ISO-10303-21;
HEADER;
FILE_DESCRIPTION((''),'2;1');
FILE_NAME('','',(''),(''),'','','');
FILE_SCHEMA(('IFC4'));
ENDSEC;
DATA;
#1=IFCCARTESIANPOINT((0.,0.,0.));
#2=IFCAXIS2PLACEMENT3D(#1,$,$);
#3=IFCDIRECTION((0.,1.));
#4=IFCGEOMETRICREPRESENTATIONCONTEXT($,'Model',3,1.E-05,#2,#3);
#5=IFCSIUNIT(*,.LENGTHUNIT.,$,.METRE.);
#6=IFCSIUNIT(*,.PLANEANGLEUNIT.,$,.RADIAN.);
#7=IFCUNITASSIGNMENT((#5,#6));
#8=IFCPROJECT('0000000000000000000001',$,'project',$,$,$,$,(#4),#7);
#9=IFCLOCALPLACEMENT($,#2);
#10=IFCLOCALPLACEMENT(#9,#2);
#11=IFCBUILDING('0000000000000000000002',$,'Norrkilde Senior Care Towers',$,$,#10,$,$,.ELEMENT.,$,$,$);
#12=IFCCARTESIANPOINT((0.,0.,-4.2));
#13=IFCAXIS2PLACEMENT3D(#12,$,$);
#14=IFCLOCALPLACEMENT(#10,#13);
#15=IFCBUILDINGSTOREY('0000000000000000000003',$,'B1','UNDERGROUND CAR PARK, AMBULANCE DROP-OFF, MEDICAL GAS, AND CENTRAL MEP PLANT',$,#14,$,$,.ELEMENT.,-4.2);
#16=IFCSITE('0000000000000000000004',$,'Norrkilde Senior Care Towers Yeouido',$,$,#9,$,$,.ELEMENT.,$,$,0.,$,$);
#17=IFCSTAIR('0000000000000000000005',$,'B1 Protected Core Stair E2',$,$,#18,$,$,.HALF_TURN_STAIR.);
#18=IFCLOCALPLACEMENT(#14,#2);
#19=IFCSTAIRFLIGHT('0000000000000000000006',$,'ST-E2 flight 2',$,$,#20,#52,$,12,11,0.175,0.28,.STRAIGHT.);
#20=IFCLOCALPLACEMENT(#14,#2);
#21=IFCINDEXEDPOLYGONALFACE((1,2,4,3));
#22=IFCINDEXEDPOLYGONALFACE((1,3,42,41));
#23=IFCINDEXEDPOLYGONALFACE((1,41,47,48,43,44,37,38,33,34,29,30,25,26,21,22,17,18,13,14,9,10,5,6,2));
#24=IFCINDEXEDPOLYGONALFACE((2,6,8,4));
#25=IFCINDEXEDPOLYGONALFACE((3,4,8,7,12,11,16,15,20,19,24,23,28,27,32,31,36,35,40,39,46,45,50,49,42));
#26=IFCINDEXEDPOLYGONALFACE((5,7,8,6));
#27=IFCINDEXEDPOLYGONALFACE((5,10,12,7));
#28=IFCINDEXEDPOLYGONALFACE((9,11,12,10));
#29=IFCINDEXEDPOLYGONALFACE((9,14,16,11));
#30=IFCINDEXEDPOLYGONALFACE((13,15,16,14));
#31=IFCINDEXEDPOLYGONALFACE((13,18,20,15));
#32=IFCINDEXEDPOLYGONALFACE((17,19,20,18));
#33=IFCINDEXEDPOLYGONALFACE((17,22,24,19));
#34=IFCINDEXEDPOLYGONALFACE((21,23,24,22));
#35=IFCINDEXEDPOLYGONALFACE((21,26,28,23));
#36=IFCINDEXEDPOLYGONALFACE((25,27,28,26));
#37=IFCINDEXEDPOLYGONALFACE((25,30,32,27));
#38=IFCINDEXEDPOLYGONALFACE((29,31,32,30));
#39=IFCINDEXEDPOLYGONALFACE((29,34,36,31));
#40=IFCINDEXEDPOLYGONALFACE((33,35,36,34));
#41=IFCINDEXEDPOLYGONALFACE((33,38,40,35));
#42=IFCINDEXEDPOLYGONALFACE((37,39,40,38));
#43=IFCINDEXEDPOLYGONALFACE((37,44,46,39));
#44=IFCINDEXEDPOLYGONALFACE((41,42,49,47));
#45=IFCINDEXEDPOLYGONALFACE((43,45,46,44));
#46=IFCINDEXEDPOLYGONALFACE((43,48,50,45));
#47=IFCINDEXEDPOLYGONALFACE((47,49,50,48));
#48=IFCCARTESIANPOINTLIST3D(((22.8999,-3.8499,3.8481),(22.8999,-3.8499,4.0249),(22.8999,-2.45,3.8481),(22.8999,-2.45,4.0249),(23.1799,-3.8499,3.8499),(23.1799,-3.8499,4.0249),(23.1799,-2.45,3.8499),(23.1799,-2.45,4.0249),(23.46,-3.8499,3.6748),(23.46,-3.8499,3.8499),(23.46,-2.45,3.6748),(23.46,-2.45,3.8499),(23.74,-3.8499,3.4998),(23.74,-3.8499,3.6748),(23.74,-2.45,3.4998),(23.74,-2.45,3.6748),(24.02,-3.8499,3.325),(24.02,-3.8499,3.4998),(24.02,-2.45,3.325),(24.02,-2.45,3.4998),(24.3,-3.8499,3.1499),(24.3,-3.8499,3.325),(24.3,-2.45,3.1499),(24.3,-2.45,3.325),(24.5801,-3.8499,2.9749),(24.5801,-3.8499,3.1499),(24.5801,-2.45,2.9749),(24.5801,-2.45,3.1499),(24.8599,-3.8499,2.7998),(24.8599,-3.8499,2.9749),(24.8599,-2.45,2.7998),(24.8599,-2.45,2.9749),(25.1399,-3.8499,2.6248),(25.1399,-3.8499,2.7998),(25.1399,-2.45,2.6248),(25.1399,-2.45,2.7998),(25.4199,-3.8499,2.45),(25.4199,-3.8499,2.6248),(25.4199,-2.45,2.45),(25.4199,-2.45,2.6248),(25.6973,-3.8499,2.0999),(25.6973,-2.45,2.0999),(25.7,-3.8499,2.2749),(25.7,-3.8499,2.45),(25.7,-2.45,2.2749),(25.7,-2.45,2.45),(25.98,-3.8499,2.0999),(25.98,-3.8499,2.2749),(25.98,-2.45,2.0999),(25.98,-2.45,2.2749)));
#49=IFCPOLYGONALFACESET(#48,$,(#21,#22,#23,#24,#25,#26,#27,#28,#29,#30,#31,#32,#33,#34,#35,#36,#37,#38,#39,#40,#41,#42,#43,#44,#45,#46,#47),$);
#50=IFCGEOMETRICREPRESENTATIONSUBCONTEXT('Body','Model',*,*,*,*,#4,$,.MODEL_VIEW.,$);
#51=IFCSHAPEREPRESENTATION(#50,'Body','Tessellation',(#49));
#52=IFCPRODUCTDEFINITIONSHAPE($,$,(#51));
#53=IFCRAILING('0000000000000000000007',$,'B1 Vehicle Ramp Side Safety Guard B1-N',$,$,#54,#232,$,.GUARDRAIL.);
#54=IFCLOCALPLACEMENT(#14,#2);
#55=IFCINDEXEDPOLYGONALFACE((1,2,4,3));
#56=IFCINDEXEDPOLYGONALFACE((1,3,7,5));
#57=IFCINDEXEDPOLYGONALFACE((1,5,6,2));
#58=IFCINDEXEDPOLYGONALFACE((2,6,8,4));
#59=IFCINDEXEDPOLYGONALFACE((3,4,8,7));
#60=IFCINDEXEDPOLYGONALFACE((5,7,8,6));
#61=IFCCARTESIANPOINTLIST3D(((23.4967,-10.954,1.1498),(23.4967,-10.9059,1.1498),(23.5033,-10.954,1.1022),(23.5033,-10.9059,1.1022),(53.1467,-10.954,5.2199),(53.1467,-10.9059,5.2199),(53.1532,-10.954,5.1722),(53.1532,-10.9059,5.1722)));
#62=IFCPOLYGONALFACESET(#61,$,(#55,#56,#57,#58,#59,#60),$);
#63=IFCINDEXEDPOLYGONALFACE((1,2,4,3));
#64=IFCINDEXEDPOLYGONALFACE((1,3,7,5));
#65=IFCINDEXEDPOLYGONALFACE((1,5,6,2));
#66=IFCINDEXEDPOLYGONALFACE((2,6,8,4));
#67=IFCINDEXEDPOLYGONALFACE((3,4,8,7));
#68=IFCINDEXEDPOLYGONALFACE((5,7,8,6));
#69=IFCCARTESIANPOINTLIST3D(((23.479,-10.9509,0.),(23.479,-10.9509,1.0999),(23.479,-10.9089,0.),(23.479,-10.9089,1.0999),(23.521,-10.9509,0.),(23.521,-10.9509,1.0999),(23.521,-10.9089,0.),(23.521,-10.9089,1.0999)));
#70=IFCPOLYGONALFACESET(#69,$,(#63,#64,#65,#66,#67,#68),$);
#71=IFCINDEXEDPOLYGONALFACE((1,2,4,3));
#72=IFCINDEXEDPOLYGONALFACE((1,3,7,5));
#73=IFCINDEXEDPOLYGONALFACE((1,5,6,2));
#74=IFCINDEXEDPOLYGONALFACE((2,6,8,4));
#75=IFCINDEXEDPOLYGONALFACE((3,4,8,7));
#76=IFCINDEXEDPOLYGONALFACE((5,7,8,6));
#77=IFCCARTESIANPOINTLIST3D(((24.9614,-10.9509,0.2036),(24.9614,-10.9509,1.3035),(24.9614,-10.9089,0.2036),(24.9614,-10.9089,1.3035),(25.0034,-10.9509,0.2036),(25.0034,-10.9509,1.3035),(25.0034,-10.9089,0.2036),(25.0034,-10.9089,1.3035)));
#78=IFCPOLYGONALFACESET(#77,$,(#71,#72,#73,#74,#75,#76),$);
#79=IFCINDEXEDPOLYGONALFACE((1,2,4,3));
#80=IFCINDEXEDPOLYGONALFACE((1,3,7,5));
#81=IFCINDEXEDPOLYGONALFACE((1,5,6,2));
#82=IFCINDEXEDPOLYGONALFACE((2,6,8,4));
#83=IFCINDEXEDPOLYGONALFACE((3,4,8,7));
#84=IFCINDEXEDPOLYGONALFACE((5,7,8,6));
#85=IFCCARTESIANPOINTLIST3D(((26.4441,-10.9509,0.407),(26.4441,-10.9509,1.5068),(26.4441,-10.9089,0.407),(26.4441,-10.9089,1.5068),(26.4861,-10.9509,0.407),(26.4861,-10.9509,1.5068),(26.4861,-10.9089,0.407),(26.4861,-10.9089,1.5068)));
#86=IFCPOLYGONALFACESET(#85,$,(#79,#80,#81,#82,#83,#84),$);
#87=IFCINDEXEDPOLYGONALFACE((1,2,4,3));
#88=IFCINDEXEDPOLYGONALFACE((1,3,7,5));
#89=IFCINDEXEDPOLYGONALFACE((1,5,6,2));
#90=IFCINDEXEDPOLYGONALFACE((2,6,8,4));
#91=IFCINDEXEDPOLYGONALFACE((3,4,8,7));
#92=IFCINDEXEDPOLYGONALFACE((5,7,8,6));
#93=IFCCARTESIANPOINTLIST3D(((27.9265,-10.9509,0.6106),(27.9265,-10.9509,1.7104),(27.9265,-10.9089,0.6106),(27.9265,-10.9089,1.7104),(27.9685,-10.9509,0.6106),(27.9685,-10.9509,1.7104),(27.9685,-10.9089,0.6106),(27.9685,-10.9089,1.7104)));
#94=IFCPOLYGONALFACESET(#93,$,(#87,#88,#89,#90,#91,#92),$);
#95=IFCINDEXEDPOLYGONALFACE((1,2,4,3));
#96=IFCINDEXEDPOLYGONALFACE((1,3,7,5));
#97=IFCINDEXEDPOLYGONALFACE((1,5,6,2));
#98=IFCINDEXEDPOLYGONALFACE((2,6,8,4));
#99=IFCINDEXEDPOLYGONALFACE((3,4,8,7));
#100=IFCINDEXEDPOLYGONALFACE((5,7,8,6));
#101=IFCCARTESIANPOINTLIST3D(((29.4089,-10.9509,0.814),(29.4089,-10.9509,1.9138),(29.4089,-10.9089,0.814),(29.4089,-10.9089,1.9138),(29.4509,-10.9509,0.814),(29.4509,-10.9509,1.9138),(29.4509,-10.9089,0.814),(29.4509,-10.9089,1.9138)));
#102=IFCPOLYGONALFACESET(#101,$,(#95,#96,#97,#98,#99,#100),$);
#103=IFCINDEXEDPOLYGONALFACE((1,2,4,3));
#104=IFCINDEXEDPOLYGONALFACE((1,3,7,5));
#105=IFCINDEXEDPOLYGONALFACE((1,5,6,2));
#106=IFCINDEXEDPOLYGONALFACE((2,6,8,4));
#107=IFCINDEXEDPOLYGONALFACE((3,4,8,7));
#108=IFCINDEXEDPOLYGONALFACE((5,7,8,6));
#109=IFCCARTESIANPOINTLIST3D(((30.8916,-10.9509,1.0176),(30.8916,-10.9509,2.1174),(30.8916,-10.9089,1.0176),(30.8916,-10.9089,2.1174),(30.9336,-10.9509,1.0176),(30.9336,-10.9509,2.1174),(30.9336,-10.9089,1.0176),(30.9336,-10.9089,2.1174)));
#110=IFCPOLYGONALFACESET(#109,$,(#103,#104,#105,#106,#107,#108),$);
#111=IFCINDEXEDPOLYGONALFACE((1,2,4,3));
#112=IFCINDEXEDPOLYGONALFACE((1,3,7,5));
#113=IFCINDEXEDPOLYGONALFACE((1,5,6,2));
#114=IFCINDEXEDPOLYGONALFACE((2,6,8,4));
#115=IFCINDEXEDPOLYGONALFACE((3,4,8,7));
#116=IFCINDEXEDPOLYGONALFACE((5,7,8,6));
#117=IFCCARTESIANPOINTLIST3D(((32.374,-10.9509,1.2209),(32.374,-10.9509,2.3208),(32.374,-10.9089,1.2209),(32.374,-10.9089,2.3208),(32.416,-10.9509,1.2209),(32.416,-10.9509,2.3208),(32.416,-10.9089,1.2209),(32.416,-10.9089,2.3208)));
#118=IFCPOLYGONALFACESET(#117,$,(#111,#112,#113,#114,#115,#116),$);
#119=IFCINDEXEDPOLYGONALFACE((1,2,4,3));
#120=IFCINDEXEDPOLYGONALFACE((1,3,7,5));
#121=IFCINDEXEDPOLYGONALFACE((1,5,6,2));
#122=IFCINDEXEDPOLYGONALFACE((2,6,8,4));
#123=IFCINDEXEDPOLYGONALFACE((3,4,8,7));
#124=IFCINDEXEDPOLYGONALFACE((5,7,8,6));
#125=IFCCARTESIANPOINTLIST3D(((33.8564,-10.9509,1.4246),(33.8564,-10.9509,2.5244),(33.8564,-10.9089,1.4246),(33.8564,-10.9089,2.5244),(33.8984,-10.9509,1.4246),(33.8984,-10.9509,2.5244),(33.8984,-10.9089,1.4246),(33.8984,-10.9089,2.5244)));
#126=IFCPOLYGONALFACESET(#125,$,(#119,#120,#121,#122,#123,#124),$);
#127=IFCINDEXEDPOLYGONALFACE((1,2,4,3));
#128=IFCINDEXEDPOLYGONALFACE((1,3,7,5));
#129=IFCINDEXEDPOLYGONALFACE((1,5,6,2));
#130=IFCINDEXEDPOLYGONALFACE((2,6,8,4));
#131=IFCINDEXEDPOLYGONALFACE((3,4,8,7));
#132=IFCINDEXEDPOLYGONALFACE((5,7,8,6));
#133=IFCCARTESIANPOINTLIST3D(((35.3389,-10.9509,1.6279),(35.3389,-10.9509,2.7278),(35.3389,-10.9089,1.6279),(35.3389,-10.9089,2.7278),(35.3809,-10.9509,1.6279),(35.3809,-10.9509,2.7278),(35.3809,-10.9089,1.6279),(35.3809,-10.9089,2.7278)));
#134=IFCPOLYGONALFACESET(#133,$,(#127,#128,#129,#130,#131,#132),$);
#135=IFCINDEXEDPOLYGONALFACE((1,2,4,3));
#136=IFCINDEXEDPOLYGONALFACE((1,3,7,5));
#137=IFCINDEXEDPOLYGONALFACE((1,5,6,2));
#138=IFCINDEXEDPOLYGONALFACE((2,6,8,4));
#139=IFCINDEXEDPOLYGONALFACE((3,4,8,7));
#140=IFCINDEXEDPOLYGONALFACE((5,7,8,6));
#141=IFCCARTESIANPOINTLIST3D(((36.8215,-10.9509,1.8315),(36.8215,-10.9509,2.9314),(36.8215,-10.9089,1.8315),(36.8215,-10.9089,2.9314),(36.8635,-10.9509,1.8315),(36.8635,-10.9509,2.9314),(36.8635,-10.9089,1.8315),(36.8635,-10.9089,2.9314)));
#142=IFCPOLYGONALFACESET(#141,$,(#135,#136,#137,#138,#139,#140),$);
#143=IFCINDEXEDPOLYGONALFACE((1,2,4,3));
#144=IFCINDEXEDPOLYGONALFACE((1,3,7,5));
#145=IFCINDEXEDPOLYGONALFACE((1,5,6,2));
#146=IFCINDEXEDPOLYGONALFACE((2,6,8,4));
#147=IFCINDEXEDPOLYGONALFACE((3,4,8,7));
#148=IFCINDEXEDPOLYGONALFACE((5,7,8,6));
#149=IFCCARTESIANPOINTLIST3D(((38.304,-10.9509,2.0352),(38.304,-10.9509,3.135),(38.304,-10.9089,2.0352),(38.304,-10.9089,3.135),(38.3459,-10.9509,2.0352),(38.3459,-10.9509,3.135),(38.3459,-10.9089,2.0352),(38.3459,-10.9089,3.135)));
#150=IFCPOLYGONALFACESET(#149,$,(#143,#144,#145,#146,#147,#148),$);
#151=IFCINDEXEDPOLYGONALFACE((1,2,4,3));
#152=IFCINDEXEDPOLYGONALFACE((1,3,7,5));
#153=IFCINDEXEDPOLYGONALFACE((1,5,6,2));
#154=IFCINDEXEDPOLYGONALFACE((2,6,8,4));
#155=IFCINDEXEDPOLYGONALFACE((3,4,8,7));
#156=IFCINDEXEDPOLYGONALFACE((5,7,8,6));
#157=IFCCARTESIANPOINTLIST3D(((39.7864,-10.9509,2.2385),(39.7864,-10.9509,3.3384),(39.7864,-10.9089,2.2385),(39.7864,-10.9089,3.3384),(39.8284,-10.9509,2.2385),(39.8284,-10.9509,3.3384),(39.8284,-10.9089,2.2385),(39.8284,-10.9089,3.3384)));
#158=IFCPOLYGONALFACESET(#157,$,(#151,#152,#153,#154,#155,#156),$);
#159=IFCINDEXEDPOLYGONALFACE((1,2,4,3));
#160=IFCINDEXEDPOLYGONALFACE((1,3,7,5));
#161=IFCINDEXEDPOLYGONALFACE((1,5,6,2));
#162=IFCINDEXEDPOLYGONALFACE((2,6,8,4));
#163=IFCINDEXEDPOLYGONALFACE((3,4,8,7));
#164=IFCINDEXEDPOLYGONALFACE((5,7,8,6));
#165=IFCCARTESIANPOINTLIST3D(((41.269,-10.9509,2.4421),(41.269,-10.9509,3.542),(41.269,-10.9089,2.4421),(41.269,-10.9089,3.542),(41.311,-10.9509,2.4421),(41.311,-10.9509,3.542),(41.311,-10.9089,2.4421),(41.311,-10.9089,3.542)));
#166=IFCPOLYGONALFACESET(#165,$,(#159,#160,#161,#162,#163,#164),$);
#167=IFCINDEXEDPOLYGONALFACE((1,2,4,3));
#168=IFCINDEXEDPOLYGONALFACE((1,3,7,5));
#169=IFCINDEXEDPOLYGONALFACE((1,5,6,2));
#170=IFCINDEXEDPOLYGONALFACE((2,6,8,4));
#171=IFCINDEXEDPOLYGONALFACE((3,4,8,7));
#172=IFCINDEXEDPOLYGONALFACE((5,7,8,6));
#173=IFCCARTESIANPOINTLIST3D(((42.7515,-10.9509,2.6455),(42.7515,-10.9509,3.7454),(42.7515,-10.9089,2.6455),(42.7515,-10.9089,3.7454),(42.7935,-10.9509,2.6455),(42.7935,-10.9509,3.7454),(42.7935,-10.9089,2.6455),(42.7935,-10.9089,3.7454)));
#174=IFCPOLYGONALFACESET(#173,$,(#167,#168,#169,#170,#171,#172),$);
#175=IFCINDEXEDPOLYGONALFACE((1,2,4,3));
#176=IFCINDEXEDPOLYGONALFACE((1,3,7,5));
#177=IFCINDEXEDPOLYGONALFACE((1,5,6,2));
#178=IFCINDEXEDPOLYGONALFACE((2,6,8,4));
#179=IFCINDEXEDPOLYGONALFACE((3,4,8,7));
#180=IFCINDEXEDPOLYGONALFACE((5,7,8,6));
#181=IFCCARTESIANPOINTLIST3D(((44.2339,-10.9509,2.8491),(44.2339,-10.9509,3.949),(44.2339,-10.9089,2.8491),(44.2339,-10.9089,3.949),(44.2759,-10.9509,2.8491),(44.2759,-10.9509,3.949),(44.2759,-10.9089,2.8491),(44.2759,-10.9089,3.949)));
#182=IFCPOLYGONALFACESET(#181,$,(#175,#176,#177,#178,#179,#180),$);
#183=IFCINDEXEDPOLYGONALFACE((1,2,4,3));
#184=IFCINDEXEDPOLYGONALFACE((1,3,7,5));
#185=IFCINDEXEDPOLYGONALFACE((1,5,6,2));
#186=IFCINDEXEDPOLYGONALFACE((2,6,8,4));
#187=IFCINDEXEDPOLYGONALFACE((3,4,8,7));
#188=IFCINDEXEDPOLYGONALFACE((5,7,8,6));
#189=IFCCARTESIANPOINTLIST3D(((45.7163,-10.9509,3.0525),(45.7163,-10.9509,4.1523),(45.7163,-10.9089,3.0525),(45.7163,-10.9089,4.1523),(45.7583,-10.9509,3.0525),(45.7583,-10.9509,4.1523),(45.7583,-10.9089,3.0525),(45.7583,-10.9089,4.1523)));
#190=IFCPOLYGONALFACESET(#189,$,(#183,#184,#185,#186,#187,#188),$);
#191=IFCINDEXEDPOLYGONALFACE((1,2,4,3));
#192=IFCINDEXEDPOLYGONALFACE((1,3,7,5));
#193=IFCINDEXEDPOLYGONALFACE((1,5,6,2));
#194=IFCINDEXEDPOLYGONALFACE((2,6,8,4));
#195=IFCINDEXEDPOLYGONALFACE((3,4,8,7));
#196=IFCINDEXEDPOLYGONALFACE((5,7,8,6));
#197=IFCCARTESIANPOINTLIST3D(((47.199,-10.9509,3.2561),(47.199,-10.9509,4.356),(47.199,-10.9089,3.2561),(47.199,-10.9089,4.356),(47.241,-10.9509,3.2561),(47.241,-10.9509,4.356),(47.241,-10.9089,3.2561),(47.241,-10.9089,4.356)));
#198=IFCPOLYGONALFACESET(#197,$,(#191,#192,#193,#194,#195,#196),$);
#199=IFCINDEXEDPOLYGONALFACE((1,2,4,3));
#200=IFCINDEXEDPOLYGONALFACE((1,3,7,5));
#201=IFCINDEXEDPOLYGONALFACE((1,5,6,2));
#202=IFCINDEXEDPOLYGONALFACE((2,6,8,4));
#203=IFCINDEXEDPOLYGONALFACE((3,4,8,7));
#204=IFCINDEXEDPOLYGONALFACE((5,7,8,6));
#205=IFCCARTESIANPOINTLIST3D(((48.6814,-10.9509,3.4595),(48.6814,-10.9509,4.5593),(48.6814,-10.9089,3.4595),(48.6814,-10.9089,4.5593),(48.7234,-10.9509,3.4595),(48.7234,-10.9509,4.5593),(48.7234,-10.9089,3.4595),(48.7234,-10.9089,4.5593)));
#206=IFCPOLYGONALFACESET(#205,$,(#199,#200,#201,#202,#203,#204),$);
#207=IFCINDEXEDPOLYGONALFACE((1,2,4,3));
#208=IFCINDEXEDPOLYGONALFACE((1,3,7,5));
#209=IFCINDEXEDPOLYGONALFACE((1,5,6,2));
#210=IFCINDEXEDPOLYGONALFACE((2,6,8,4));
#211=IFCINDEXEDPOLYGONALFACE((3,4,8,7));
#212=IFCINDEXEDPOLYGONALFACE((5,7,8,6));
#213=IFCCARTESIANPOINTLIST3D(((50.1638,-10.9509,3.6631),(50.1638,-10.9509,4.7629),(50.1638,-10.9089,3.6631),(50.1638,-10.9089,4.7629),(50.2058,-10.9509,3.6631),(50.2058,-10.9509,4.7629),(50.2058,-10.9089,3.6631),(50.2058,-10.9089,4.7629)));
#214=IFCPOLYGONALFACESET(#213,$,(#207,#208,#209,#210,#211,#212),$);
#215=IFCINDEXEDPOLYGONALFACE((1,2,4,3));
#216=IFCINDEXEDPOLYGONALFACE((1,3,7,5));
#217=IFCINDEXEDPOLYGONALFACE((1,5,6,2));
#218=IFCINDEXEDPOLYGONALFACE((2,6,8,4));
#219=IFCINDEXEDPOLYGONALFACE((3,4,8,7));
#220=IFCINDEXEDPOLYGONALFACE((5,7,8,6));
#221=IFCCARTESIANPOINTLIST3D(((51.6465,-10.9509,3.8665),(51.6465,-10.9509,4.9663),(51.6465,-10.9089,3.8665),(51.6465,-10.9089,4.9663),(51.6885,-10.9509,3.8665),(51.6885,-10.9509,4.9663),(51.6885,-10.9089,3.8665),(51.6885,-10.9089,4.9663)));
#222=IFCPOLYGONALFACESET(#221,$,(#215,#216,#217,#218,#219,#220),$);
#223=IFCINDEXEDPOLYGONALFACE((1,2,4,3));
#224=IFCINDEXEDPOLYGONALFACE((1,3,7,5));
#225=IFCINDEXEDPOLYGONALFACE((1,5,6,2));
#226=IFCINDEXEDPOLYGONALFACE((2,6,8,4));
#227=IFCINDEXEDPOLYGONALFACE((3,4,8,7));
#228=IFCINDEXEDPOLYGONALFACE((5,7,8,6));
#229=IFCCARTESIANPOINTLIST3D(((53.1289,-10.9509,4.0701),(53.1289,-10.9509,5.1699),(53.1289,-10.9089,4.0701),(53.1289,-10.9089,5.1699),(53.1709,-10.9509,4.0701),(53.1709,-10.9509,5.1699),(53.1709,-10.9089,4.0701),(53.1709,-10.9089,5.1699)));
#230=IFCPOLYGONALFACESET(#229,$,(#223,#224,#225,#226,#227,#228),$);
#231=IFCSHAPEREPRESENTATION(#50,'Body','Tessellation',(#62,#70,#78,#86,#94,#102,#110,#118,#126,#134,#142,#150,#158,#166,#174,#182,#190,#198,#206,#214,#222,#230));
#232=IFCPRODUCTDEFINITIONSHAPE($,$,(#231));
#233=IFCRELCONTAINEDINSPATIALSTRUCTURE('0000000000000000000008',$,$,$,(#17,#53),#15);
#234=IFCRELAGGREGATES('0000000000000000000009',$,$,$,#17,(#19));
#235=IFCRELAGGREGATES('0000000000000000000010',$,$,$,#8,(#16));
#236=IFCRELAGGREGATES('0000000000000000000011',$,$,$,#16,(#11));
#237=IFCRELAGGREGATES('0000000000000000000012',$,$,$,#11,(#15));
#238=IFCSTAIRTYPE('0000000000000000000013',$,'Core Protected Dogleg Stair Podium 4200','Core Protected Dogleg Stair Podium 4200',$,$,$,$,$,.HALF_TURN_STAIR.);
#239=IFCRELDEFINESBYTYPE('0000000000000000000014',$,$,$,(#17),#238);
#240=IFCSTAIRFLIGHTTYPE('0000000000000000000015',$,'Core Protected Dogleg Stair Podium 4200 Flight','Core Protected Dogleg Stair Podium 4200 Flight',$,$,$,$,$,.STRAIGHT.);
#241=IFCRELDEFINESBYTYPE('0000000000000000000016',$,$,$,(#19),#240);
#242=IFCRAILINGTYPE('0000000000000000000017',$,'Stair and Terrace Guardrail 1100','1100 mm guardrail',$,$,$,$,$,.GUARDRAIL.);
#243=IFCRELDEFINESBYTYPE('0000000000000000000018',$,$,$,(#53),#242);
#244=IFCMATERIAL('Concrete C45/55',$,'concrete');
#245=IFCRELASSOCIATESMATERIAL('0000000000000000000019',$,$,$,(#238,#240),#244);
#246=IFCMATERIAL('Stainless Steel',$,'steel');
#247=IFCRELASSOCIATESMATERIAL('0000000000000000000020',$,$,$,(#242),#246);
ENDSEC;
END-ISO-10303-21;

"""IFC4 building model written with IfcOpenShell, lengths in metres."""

from ifc_helpers import new_model, si_unit, direction, frame, origin, origin_2d, place, context, subcontext, project, spatial, polyline, rectangle, outline, extrude, material, type_object, element, aggregate, save


model = new_model("IFC4")

# Units and contexts
model_context = context("Model", 3, precision=1e-05, world=origin(), true_north=direction((0.0, 1.0)))
body_context = subcontext(model_context, "Body", "Model", "MODEL_VIEW")
ifc_project = project(units=[si_unit("LENGTHUNIT", "METRE"), si_unit("PLANEANGLEUNIT", "RADIAN")], contexts=[model_context])

# Site, building, storey
site_placement = place(None, origin())
site = spatial("IfcSite", under=ifc_project, at=site_placement, Name="Norrkilde Senior Care Towers Yeouido", CompositionType="ELEMENT", RefElevation=0.0)
building_placement = place(site_placement, origin())
building = spatial("IfcBuilding", under=site, at=building_placement, Name="Norrkilde Senior Care Towers", CompositionType="ELEMENT")
storey_placement = place(building_placement, frame((0.0, 0.0, -4.2)))
storey = spatial("IfcBuildingStorey", under=building, at=storey_placement, Name="B1", Description="UNDERGROUND CAR PARK, AMBULANCE DROP-OFF, MEDICAL GAS, AND CENTRAL MEP PLANT", CompositionType="ELEMENT", Elevation=-4.2)

# Shared definitions
ifc_material_1 = material(Name="Concrete C45/55", Category="concrete")

# Stair, stair flight
stair_type = type_object("IfcStairType", Name="Core Protected Dogleg Stair Podium 4200", Description="Core Protected Dogleg Stair Podium 4200", PredefinedType="HALF_TURN_STAIR", material=ifc_material_1)
stair_placement = place(storey_placement, origin())
stair = element("IfcStair", 1, at=stair_placement, inside=storey, type_object=stair_type, Name="B1 Protected Core Stair E2", PredefinedType="HALF_TURN_STAIR")
stair_flight_type = type_object("IfcStairFlightType", Name="Core Protected Dogleg Stair Podium 4200 Flight", Description="Core Protected Dogleg Stair Podium 4200 Flight", PredefinedType="STRAIGHT", material=ifc_material_1)
stair_flight_placement = place(storey_placement, frame((25.98, -3.1499, 2.0999), z_axis=(0.0, 0.0, 1.0), x_axis=(-1.0, 0.0, 0.0)))
stair_flight = element("IfcStairFlight", 2, at=stair_flight_placement, type_object=stair_flight_type, Name="ST-E2 flight 2", NumberOfRisers=12, NumberOfTreads=11, PredefinedType="STRAIGHT", RiserHeight=0.175, TreadLength=0.28, context=body_context, shape_type="SweptSolid", body=[
    extrude(outline(polyline([(0.0, 0.0), (0.0, 0.175), (0.28, 0.175), (0.28, 0.3501), (0.5601, 0.3501), (0.5601, 0.5249), (0.8401, 0.5249), (0.8401, 0.7), (1.1201, 0.7), (1.1201, 0.875), (1.3999, 0.875), (1.3999, 1.05), (1.6799, 1.05), (1.6799, 1.2251), (1.96, 1.2251), (1.96, 1.3999), (2.24, 1.3999), (2.24, 1.575), (2.52, 1.575), (2.52, 1.75), (2.8, 1.75), (2.8, 1.925), (3.0801, 1.925), (3.0801, 2.1001), (3.0801, 1.7483), (0.2827, 0.0), (0.0, 0.0)])), frame((0.0, 0.7, 0.0), z_axis=(0.0, -1.0, 0.0), x_axis=(1.0, 0.0, 0.0)), (0.0, 0.0, 1.0), 1.3999),
])
aggregate(stair, [stair_flight])

# Railing
ifc_material_2 = material(Name="Stainless Steel", Category="steel")
railing_type_1 = type_object("IfcRailingType", Name="Stair and Terrace Guardrail 1100", Description="1100 mm guardrail", PredefinedType="GUARDRAIL", material=ifc_material_2)
railing_1_placement = place(storey_placement, frame((23.5, -10.9299, 0.0)))
element("IfcRailing", 3, at=railing_1_placement, inside=storey, type_object=railing_type_1, Name="B1 Vehicle Ramp Side Safety Guard B1-N", PredefinedType="GUARDRAIL", context=body_context, shape_type="SweptSolid", body=[
    extrude(rectangle(XDim=0.0481, YDim=0.0481, at=origin_2d()), frame((0.0, 0.0, 1.126), z_axis=(0.990709, 0.0, 0.135996), x_axis=(0.0, 1.0, 0.0)), (0.0, 0.0, 1.0), 29.928),
    extrude(rectangle(XDim=0.042, YDim=0.042, at=origin_2d()), origin(), (0.0, 0.0, 1.0), 1.0999),
    extrude(rectangle(XDim=0.042, YDim=0.042, at=origin_2d()), frame((1.4824, 0.0, 0.2036)), (0.0, 0.0, 1.0), 1.0999),
    extrude(rectangle(XDim=0.042, YDim=0.042, at=origin_2d()), frame((2.9651, 0.0, 0.407)), (0.0, 0.0, 1.0), 1.0999),
    extrude(rectangle(XDim=0.042, YDim=0.042, at=origin_2d()), frame((4.4475, 0.0, 0.6106)), (0.0, 0.0, 1.0), 1.0999),
    extrude(rectangle(XDim=0.042, YDim=0.042, at=origin_2d()), frame((5.9299, 0.0, 0.814)), (0.0, 0.0, 1.0), 1.0999),
    extrude(rectangle(XDim=0.042, YDim=0.042, at=origin_2d()), frame((7.4126, 0.0, 1.0176)), (0.0, 0.0, 1.0), 1.0999),
    extrude(rectangle(XDim=0.042, YDim=0.042, at=origin_2d()), frame((8.895, 0.0, 1.2209)), (0.0, 0.0, 1.0), 1.0999),
    extrude(rectangle(XDim=0.042, YDim=0.042, at=origin_2d()), frame((10.3774, 0.0, 1.4246)), (0.0, 0.0, 1.0), 1.0999),
    extrude(rectangle(XDim=0.042, YDim=0.042, at=origin_2d()), frame((11.8599, 0.0, 1.6279)), (0.0, 0.0, 1.0), 1.0999),
    extrude(rectangle(XDim=0.042, YDim=0.042, at=origin_2d()), frame((13.3425, 0.0, 1.8315)), (0.0, 0.0, 1.0), 1.0999),
    extrude(rectangle(XDim=0.042, YDim=0.042, at=origin_2d()), frame((14.825, 0.0, 2.0352)), (0.0, 0.0, 1.0), 1.0999),
    extrude(rectangle(XDim=0.042, YDim=0.042, at=origin_2d()), frame((16.3074, 0.0, 2.2385)), (0.0, 0.0, 1.0), 1.0999),
    extrude(rectangle(XDim=0.042, YDim=0.042, at=origin_2d()), frame((17.79, 0.0, 2.4421)), (0.0, 0.0, 1.0), 1.0999),
    extrude(rectangle(XDim=0.042, YDim=0.042, at=origin_2d()), frame((19.2725, 0.0, 2.6455)), (0.0, 0.0, 1.0), 1.0999),
    extrude(rectangle(XDim=0.042, YDim=0.042, at=origin_2d()), frame((20.7549, 0.0, 2.8491)), (0.0, 0.0, 1.0), 1.0999),
    extrude(rectangle(XDim=0.042, YDim=0.042, at=origin_2d()), frame((22.2373, 0.0, 3.0525)), (0.0, 0.0, 1.0), 1.0999),
    extrude(rectangle(XDim=0.042, YDim=0.042, at=origin_2d()), frame((23.72, 0.0, 3.2561)), (0.0, 0.0, 1.0), 1.0999),
    extrude(rectangle(XDim=0.042, YDim=0.042, at=origin_2d()), frame((25.2024, 0.0, 3.4595)), (0.0, 0.0, 1.0), 1.0999),
    extrude(rectangle(XDim=0.042, YDim=0.042, at=origin_2d()), frame((26.6848, 0.0, 3.6631)), (0.0, 0.0, 1.0), 1.0999),
    extrude(rectangle(XDim=0.042, YDim=0.042, at=origin_2d()), frame((28.1675, 0.0, 3.8665)), (0.0, 0.0, 1.0), 1.0999),
    extrude(rectangle(XDim=0.042, YDim=0.042, at=origin_2d()), frame((29.6499, 0.0, 4.0701)), (0.0, 0.0, 1.0), 1.0999),
])

save(model, "model.ifc")
